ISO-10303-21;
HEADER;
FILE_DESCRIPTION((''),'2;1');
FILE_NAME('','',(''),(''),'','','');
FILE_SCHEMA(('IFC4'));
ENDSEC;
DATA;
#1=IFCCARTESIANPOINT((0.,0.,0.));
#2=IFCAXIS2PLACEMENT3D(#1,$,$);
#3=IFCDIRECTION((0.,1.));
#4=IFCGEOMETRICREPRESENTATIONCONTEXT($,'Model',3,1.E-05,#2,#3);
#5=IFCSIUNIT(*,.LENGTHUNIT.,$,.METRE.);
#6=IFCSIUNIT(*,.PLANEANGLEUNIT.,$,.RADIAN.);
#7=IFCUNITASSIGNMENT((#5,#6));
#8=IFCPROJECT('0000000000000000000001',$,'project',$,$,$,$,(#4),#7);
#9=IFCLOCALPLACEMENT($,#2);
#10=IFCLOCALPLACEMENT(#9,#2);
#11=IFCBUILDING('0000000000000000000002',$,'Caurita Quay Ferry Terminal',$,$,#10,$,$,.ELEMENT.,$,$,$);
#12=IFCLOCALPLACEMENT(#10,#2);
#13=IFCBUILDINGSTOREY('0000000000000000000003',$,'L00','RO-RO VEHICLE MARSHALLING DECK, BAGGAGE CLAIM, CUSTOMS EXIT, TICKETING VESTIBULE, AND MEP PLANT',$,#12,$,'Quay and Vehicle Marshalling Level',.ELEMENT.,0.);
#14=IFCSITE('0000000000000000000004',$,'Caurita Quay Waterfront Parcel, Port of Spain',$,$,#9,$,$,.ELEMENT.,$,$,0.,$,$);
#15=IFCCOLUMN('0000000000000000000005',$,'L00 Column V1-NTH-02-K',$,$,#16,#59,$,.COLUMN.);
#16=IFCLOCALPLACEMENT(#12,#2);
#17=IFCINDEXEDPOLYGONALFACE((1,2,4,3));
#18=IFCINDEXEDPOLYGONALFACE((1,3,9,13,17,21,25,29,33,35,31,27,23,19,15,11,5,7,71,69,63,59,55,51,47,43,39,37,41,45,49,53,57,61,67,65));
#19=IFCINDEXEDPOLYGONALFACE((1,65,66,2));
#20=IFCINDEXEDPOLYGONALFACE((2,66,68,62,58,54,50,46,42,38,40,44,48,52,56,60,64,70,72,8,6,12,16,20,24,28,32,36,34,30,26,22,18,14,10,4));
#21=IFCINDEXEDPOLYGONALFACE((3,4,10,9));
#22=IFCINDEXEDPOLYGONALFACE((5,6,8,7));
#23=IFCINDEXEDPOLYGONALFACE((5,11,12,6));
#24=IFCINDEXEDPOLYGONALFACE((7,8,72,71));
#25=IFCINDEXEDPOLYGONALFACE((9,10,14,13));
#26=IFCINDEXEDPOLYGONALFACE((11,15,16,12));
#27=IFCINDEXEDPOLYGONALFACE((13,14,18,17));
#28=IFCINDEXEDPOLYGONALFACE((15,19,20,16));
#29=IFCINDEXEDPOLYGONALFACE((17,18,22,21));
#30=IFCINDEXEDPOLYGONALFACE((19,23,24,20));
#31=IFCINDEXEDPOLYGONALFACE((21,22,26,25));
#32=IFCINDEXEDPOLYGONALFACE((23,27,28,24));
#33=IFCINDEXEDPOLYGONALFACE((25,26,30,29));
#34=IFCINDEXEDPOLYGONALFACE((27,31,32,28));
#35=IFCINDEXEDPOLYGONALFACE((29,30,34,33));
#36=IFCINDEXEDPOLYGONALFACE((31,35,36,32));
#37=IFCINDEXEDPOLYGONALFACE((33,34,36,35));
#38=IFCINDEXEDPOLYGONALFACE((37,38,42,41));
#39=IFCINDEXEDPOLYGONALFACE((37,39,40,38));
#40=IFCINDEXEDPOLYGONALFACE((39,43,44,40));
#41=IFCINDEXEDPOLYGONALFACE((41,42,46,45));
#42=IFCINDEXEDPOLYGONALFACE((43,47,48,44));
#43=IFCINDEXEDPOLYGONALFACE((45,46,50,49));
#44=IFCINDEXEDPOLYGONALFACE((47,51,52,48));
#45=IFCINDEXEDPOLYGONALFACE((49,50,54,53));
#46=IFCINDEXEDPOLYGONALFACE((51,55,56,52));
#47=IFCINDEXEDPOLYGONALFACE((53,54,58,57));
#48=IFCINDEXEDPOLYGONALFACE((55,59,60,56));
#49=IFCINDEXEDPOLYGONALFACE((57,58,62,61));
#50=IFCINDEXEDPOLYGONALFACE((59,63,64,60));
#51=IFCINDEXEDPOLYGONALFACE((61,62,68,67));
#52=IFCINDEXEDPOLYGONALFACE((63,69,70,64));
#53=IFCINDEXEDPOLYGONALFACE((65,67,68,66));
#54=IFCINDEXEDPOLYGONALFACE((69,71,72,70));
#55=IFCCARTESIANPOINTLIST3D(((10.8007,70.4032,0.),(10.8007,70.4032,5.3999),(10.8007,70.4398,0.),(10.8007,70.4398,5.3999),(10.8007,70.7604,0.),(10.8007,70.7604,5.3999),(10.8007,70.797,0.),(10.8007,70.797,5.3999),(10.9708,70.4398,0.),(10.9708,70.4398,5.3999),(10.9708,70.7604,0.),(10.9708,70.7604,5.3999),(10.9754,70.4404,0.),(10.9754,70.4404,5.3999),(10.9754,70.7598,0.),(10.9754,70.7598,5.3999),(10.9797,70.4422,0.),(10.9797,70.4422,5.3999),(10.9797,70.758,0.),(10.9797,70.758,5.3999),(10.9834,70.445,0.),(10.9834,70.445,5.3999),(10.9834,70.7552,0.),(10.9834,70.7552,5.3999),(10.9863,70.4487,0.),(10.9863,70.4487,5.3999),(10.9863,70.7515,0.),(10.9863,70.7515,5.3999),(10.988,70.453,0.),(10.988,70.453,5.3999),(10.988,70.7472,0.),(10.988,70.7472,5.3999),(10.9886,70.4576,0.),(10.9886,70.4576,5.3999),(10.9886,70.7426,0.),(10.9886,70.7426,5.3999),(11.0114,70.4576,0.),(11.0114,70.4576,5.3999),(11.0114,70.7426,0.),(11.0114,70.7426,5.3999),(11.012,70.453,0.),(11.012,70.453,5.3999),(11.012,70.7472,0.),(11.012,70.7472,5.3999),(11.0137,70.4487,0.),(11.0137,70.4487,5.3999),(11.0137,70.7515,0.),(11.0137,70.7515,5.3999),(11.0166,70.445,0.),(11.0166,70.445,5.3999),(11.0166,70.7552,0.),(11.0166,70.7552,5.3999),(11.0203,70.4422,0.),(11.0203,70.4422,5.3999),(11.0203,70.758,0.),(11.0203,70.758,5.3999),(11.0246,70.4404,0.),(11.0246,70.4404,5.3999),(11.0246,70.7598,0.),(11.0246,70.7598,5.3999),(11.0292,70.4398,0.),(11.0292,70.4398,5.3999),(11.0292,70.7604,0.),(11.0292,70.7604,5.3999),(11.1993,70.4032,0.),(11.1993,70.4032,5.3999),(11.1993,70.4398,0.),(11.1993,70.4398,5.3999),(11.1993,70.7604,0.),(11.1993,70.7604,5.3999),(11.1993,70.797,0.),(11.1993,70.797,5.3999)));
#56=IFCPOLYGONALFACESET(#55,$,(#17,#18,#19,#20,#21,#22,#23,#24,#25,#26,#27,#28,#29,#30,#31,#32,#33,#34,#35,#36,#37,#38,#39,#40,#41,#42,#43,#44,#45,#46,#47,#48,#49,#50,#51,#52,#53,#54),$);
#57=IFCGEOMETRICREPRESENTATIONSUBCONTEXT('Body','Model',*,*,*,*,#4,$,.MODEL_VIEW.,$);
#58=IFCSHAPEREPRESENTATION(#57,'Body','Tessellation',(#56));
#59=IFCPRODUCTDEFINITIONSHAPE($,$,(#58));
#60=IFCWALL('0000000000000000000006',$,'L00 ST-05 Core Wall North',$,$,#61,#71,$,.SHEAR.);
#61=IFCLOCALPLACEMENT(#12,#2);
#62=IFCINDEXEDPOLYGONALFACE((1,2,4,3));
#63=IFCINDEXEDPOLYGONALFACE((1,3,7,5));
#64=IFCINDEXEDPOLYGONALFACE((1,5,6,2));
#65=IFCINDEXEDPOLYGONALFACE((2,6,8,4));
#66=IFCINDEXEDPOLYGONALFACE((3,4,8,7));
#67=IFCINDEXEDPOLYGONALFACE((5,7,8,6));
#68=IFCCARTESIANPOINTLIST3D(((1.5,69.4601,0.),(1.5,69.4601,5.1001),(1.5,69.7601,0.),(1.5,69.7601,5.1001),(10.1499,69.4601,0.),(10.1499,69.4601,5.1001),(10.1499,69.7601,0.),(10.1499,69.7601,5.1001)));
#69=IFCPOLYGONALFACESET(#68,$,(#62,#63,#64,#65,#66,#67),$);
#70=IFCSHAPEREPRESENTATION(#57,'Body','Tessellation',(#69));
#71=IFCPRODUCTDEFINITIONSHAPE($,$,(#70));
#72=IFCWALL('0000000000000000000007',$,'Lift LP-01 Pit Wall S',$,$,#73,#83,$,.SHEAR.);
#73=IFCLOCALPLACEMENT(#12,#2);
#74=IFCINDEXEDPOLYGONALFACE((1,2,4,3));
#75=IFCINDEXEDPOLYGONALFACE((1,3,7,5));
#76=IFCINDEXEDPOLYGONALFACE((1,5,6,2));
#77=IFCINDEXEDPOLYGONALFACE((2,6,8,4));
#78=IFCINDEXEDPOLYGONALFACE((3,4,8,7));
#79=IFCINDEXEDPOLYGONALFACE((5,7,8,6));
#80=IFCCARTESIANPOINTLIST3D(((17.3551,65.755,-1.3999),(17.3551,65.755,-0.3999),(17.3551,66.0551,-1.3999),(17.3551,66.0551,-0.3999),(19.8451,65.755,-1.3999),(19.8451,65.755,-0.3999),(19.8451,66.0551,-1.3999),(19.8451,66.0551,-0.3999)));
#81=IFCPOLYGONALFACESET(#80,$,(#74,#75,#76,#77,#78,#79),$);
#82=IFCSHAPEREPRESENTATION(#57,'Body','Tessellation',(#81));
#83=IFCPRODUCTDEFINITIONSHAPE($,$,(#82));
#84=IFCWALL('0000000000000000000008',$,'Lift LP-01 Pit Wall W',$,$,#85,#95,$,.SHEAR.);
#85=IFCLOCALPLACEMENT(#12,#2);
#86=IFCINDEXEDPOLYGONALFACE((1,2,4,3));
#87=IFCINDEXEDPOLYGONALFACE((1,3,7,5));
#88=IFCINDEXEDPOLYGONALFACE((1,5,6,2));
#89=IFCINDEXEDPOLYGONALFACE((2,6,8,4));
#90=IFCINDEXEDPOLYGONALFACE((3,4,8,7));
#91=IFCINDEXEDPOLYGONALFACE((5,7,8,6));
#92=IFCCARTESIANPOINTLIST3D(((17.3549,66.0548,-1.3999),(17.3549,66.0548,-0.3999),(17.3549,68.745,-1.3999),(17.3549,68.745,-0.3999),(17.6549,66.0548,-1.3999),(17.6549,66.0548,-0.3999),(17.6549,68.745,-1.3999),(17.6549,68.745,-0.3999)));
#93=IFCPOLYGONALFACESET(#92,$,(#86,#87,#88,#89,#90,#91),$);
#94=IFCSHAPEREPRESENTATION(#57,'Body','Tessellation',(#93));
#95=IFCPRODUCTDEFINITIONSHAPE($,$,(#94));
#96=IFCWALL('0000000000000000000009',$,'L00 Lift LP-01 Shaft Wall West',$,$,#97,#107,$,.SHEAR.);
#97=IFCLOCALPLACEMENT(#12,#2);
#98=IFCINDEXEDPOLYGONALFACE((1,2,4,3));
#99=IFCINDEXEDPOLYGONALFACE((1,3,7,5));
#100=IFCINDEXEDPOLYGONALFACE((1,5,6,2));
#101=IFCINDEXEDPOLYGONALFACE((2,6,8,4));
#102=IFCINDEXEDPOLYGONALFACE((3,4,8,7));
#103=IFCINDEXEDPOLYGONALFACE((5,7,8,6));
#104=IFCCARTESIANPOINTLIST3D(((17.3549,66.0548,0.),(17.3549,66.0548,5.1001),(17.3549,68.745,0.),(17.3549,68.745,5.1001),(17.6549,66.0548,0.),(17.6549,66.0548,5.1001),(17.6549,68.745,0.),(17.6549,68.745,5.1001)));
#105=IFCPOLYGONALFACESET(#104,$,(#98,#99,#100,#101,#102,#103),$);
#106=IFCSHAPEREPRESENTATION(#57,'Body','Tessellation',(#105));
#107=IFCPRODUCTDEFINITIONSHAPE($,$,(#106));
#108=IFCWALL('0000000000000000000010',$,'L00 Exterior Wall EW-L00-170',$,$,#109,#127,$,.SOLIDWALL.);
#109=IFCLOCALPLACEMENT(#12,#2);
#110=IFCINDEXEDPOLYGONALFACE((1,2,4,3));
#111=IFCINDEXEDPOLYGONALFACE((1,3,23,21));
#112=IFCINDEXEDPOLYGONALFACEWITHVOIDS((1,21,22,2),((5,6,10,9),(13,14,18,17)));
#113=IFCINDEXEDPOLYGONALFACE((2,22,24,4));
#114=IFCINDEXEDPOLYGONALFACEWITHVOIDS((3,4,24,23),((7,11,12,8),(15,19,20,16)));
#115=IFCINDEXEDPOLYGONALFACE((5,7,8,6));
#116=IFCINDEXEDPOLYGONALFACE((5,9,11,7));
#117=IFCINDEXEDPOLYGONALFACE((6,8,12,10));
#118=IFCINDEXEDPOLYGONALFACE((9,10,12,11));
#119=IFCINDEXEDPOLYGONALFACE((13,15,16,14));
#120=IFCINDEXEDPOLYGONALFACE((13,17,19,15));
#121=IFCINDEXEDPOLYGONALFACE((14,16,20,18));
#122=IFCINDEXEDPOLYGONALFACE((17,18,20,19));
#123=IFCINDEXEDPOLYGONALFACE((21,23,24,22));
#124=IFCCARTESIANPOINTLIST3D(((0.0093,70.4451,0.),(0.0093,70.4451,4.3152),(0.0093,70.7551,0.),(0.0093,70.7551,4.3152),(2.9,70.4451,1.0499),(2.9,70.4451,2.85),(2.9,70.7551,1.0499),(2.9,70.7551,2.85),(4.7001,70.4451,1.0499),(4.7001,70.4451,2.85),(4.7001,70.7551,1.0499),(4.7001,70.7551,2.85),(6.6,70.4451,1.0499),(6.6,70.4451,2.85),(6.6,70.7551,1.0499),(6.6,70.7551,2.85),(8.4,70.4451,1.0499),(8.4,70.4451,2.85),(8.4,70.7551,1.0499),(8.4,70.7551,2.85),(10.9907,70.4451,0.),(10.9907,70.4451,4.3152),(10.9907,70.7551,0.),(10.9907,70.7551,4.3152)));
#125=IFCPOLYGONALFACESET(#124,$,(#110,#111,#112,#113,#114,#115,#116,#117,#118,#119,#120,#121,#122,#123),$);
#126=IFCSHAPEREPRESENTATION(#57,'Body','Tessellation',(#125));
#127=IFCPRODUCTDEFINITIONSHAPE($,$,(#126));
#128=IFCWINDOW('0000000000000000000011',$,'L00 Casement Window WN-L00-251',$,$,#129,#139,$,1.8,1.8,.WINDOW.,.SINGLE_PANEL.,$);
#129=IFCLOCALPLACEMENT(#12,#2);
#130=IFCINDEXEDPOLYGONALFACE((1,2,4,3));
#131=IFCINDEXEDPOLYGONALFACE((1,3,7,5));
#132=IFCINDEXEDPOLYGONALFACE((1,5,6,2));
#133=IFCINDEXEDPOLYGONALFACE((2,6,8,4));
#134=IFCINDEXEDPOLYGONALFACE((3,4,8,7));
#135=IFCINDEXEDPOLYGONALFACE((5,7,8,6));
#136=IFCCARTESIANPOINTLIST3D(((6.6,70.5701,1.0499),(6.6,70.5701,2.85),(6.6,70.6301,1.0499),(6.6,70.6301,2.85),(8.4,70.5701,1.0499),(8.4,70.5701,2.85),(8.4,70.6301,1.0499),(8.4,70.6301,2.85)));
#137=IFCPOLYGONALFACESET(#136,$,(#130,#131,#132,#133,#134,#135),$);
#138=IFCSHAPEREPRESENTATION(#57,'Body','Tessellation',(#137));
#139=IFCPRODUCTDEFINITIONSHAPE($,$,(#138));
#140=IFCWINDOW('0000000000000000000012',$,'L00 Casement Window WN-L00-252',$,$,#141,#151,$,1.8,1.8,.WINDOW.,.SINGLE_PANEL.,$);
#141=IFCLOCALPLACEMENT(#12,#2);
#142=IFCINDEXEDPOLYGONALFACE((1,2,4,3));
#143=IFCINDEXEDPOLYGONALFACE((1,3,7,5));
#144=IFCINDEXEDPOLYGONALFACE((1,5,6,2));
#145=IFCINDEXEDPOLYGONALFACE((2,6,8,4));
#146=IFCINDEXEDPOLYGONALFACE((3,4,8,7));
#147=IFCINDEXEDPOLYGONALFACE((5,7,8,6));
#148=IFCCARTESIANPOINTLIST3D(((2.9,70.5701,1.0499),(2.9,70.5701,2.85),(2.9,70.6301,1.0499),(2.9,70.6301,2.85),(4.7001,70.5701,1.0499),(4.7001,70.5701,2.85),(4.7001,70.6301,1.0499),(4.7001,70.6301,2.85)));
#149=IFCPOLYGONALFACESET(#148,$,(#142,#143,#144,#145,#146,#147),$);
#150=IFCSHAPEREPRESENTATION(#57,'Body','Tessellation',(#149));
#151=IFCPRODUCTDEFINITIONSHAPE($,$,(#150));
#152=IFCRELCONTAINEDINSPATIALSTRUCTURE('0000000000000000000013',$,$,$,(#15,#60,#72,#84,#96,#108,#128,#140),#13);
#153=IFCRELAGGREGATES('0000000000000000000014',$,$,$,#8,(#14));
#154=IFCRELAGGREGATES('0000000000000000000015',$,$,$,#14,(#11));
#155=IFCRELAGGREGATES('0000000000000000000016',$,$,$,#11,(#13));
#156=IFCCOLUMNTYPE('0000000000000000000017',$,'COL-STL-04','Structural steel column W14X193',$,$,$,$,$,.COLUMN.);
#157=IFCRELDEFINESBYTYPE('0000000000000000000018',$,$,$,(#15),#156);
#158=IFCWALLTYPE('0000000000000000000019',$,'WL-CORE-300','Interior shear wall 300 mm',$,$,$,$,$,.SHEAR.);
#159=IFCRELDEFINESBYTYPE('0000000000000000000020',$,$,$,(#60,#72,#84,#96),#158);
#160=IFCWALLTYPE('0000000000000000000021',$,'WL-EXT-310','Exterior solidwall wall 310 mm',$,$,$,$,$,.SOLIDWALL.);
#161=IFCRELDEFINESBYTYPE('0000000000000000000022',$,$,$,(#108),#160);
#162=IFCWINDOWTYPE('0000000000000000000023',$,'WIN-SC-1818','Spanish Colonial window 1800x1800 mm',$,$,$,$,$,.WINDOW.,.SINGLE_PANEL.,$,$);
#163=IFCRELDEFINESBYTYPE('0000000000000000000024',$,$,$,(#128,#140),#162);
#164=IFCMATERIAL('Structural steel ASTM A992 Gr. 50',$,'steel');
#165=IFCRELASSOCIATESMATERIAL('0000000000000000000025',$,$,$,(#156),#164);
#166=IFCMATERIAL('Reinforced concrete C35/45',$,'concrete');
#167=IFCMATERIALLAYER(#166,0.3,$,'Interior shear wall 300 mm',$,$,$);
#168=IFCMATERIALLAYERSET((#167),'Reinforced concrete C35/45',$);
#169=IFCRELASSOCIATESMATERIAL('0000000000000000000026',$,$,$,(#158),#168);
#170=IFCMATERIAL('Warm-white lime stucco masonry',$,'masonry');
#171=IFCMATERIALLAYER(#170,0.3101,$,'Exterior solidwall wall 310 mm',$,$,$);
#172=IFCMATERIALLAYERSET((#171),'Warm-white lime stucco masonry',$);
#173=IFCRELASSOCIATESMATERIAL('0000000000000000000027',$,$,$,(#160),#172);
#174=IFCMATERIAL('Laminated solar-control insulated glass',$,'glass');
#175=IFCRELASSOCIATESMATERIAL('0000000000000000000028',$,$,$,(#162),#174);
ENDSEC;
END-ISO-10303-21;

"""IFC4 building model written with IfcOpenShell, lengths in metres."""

from ifc_helpers import new_model, si_unit, direction, frame, frame_2d, origin, origin_2d, place, context, subcontext, project, spatial, rectangle, i_section, extrude, material, layer, layer_set, material_profile, profile_set, type_object, element, fill, save


model = new_model("IFC4")

# Units and contexts
model_context = context("Model", 3, precision=1e-05, world=origin(), true_north=direction((0.0, 1.0)))
body_context = subcontext(model_context, "Body", "Model", "MODEL_VIEW")
ifc_project = project(units=[si_unit("LENGTHUNIT", "METRE"), si_unit("PLANEANGLEUNIT", "RADIAN")], contexts=[model_context])

# Site, building, storey
site_placement = place(None, origin())
site = spatial("IfcSite", under=ifc_project, at=site_placement, Name="Caurita Quay Waterfront Parcel, Port of Spain", CompositionType="ELEMENT", RefElevation=0.0)
building_placement = place(site_placement, origin())
building = spatial("IfcBuilding", under=site, at=building_placement, Name="Caurita Quay Ferry Terminal", CompositionType="ELEMENT")
storey_placement = place(building_placement, origin())
storey = spatial("IfcBuildingStorey", under=building, at=storey_placement, Name="L00", Description="RO-RO VEHICLE MARSHALLING DECK, BAGGAGE CLAIM, CUSTOMS EXIT, TICKETING VESTIBULE, AND MEP PLANT", LongName="Quay and Vehicle Marshalling Level", CompositionType="ELEMENT", Elevation=0.0)

# Column
ifc_material_1 = material(Name="Structural steel ASTM A992 Gr. 50", Category="steel")
ifc_material_profile_1 = material_profile(ifc_material_1, i_section(OverallWidth=0.3987, OverallDepth=0.3938, WebThickness=0.0227, FlangeThickness=0.0366, FilletRadius=0.0178, at=origin_2d()), Name="W14X193")
ifc_profile_set_1 = profile_set([ifc_material_profile_1], Name="Structural steel ASTM A992 Gr. 50")
column_type_1 = type_object("IfcColumnType", Name="COL-STL-04", Description="Structural steel column W14X193", PredefinedType="COLUMN", material=ifc_profile_set_1)
column_1_placement = place(storey_placement, frame((11.0, 70.6001, 0.0), z_axis=(0.0, 0.0, 1.0), x_axis=(1.0, 0.0, 0.0)))
element("IfcColumn", 1, at=column_1_placement, inside=storey, type_object=column_type_1, Name="L00 Column V1-NTH-02-K", PredefinedType="COLUMN", context=body_context, shape_type="SweptSolid", body=[
    extrude(i_section(OverallWidth=0.3987, OverallDepth=0.3938, WebThickness=0.0227, FlangeThickness=0.0366, FilletRadius=0.0178, at=origin_2d()), origin(), (0.0, 0.0, 1.0), 5.3999),
])

# Walls
ifc_material_2 = material(Name="Reinforced concrete C35/45", Category="concrete")
ifc_layer_1 = layer(ifc_material_2, 0.3, Name="Interior shear wall 300 mm")
ifc_layer_set_1 = layer_set([ifc_layer_1], Name="Reinforced concrete C35/45")
wall_type_1 = type_object("IfcWallType", Name="WL-CORE-300", Description="Interior shear wall 300 mm", PredefinedType="SHEAR", material=ifc_layer_set_1)
wall_1_placement = place(storey_placement, frame((10.1499, 69.6101, 0.0), z_axis=(0.0, 0.0, 1.0), x_axis=(-1.0, 0.0, 0.0)))
element("IfcWall", 2, at=wall_1_placement, inside=storey, type_object=wall_type_1, Name="L00 ST-05 Core Wall North", PredefinedType="SHEAR", context=body_context, shape_type="SweptSolid", body=[
    extrude(rectangle(XDim=8.6499, YDim=0.3, at=frame_2d((4.325, 0.0))), origin(), (0.0, 0.0, 1.0), 5.1001),
])
wall_2_placement = place(storey_placement, frame((17.355, 65.905, -1.3999), z_axis=(0.0, 0.0, 1.0), x_axis=(1.0, 0.0, 0.0)))
element("IfcWall", 3, at=wall_2_placement, inside=storey, type_object=wall_type_1, Name="Lift LP-01 Pit Wall S", PredefinedType="SHEAR", context=body_context, shape_type="SweptSolid", body=[
    extrude(rectangle(XDim=2.49, YDim=0.3, at=frame_2d((1.2451, 0.0))), origin(), (0.0, 0.0, 1.0), 1.0),
])
wall_3_placement = place(storey_placement, frame((17.5049, 68.7451, -1.3999), z_axis=(0.0, 0.0, 1.0), x_axis=(0.0, -1.0, 0.0)))
element("IfcWall", 4, at=wall_3_placement, inside=storey, type_object=wall_type_1, Name="Lift LP-01 Pit Wall W", PredefinedType="SHEAR", context=body_context, shape_type="SweptSolid", body=[
    extrude(rectangle(XDim=2.6902, YDim=0.3, at=frame_2d((1.3452, 0.0))), origin(), (0.0, 0.0, 1.0), 1.0),
])

# Wall
wall_4_placement = place(storey_placement, frame((17.5049, 68.7451, 0.0), z_axis=(0.0, 0.0, 1.0), x_axis=(0.0, -1.0, 0.0)))
element("IfcWall", 5, at=wall_4_placement, inside=storey, type_object=wall_type_1, Name="L00 Lift LP-01 Shaft Wall West", PredefinedType="SHEAR", context=body_context, shape_type="SweptSolid", body=[
    extrude(rectangle(XDim=2.6902, YDim=0.3, at=frame_2d((1.3452, 0.0))), origin(), (0.0, 0.0, 1.0), 5.1001),
])

# Wall, openings, windows
ifc_material_3 = material(Name="Warm-white lime stucco masonry", Category="masonry")
ifc_layer_2 = layer(ifc_material_3, 0.3101, Name="Exterior solidwall wall 310 mm")
ifc_layer_set_2 = layer_set([ifc_layer_2], Name="Warm-white lime stucco masonry")
wall_type_2 = type_object("IfcWallType", Name="WL-EXT-310", Description="Exterior solidwall wall 310 mm", PredefinedType="SOLIDWALL", material=ifc_layer_set_2)
wall_5_placement = place(storey_placement, frame((10.9907, 70.6001, 0.0), z_axis=(0.0, 0.0, 1.0), x_axis=(-1.0, 0.0, 0.0)))
wall_5 = element("IfcWall", 6, at=wall_5_placement, inside=storey, type_object=wall_type_2, Name="L00 Exterior Wall EW-L00-170", PredefinedType="SOLIDWALL", context=body_context, shape_type="SweptSolid", body=[
    extrude(rectangle(XDim=10.9814, YDim=0.3101, at=frame_2d((5.4907, 0.0))), origin(), (0.0, 0.0, 1.0), 4.3152),
])
opening_1_placement = place(wall_5_placement, frame((2.5908, 0.0, 1.05)))
opening_1 = element("IfcOpeningElement", 7, at=opening_1_placement, cuts=wall_5, PredefinedType="OPENING", context=body_context, shape_type="SweptSolid", body=[
    extrude(rectangle(XDim=1.8, YDim=1.8, at=frame_2d((0.8999, 0.8999))), frame((0.0, 0.165, 0.0), z_axis=(0.0, -1.0, 0.0), x_axis=(1.0, 0.0, 0.0)), (0.0, 0.0, 1.0), 0.3301),
])
opening_2_placement = place(wall_5_placement, frame((6.2908, 0.0, 1.05)))
opening_2 = element("IfcOpeningElement", 8, at=opening_2_placement, cuts=wall_5, PredefinedType="OPENING", context=body_context, shape_type="SweptSolid", body=[
    extrude(rectangle(XDim=1.8, YDim=1.8, at=frame_2d((0.8999, 0.8999))), frame((0.0, 0.165, 0.0), z_axis=(0.0, -1.0, 0.0), x_axis=(1.0, 0.0, 0.0)), (0.0, 0.0, 1.0), 0.3301),
])
ifc_material_4 = material(Name="Laminated solar-control insulated glass", Category="glass")
window_type = type_object("IfcWindowType", Name="WIN-SC-1818", Description="Spanish Colonial window 1800x1800 mm", PartitioningType="SINGLE_PANEL", PredefinedType="WINDOW", material=ifc_material_4)
window_1_placement = place(opening_1_placement, origin())
window_1 = element("IfcWindow", 9, at=window_1_placement, inside=storey, type_object=window_type, Name="L00 Casement Window WN-L00-251", OverallHeight=1.8, OverallWidth=1.8, PartitioningType="SINGLE_PANEL", PredefinedType="WINDOW", context=body_context, shape_type="SweptSolid", body=[
    extrude(rectangle(XDim=1.8, YDim=1.8, at=frame_2d((0.8999, 0.8999))), frame((0.0, 0.03, 0.0), z_axis=(0.0, -1.0, 0.0), x_axis=(1.0, 0.0, 0.0)), (0.0, 0.0, 1.0), 0.0601),
])
fill(opening_1, window_1)
window_2_placement = place(opening_2_placement, origin())
window_2 = element("IfcWindow", 10, at=window_2_placement, inside=storey, type_object=window_type, Name="L00 Casement Window WN-L00-252", OverallHeight=1.8, OverallWidth=1.8, PartitioningType="SINGLE_PANEL", PredefinedType="WINDOW", context=body_context, shape_type="SweptSolid", body=[
    extrude(rectangle(XDim=1.8, YDim=1.8, at=frame_2d((0.8999, 0.8999))), frame((0.0, 0.03, 0.0), z_axis=(0.0, -1.0, 0.0), x_axis=(1.0, 0.0, 0.0)), (0.0, 0.0, 1.0), 0.0601),
])
fill(opening_2, window_2)

save(model, "model.ifc")
